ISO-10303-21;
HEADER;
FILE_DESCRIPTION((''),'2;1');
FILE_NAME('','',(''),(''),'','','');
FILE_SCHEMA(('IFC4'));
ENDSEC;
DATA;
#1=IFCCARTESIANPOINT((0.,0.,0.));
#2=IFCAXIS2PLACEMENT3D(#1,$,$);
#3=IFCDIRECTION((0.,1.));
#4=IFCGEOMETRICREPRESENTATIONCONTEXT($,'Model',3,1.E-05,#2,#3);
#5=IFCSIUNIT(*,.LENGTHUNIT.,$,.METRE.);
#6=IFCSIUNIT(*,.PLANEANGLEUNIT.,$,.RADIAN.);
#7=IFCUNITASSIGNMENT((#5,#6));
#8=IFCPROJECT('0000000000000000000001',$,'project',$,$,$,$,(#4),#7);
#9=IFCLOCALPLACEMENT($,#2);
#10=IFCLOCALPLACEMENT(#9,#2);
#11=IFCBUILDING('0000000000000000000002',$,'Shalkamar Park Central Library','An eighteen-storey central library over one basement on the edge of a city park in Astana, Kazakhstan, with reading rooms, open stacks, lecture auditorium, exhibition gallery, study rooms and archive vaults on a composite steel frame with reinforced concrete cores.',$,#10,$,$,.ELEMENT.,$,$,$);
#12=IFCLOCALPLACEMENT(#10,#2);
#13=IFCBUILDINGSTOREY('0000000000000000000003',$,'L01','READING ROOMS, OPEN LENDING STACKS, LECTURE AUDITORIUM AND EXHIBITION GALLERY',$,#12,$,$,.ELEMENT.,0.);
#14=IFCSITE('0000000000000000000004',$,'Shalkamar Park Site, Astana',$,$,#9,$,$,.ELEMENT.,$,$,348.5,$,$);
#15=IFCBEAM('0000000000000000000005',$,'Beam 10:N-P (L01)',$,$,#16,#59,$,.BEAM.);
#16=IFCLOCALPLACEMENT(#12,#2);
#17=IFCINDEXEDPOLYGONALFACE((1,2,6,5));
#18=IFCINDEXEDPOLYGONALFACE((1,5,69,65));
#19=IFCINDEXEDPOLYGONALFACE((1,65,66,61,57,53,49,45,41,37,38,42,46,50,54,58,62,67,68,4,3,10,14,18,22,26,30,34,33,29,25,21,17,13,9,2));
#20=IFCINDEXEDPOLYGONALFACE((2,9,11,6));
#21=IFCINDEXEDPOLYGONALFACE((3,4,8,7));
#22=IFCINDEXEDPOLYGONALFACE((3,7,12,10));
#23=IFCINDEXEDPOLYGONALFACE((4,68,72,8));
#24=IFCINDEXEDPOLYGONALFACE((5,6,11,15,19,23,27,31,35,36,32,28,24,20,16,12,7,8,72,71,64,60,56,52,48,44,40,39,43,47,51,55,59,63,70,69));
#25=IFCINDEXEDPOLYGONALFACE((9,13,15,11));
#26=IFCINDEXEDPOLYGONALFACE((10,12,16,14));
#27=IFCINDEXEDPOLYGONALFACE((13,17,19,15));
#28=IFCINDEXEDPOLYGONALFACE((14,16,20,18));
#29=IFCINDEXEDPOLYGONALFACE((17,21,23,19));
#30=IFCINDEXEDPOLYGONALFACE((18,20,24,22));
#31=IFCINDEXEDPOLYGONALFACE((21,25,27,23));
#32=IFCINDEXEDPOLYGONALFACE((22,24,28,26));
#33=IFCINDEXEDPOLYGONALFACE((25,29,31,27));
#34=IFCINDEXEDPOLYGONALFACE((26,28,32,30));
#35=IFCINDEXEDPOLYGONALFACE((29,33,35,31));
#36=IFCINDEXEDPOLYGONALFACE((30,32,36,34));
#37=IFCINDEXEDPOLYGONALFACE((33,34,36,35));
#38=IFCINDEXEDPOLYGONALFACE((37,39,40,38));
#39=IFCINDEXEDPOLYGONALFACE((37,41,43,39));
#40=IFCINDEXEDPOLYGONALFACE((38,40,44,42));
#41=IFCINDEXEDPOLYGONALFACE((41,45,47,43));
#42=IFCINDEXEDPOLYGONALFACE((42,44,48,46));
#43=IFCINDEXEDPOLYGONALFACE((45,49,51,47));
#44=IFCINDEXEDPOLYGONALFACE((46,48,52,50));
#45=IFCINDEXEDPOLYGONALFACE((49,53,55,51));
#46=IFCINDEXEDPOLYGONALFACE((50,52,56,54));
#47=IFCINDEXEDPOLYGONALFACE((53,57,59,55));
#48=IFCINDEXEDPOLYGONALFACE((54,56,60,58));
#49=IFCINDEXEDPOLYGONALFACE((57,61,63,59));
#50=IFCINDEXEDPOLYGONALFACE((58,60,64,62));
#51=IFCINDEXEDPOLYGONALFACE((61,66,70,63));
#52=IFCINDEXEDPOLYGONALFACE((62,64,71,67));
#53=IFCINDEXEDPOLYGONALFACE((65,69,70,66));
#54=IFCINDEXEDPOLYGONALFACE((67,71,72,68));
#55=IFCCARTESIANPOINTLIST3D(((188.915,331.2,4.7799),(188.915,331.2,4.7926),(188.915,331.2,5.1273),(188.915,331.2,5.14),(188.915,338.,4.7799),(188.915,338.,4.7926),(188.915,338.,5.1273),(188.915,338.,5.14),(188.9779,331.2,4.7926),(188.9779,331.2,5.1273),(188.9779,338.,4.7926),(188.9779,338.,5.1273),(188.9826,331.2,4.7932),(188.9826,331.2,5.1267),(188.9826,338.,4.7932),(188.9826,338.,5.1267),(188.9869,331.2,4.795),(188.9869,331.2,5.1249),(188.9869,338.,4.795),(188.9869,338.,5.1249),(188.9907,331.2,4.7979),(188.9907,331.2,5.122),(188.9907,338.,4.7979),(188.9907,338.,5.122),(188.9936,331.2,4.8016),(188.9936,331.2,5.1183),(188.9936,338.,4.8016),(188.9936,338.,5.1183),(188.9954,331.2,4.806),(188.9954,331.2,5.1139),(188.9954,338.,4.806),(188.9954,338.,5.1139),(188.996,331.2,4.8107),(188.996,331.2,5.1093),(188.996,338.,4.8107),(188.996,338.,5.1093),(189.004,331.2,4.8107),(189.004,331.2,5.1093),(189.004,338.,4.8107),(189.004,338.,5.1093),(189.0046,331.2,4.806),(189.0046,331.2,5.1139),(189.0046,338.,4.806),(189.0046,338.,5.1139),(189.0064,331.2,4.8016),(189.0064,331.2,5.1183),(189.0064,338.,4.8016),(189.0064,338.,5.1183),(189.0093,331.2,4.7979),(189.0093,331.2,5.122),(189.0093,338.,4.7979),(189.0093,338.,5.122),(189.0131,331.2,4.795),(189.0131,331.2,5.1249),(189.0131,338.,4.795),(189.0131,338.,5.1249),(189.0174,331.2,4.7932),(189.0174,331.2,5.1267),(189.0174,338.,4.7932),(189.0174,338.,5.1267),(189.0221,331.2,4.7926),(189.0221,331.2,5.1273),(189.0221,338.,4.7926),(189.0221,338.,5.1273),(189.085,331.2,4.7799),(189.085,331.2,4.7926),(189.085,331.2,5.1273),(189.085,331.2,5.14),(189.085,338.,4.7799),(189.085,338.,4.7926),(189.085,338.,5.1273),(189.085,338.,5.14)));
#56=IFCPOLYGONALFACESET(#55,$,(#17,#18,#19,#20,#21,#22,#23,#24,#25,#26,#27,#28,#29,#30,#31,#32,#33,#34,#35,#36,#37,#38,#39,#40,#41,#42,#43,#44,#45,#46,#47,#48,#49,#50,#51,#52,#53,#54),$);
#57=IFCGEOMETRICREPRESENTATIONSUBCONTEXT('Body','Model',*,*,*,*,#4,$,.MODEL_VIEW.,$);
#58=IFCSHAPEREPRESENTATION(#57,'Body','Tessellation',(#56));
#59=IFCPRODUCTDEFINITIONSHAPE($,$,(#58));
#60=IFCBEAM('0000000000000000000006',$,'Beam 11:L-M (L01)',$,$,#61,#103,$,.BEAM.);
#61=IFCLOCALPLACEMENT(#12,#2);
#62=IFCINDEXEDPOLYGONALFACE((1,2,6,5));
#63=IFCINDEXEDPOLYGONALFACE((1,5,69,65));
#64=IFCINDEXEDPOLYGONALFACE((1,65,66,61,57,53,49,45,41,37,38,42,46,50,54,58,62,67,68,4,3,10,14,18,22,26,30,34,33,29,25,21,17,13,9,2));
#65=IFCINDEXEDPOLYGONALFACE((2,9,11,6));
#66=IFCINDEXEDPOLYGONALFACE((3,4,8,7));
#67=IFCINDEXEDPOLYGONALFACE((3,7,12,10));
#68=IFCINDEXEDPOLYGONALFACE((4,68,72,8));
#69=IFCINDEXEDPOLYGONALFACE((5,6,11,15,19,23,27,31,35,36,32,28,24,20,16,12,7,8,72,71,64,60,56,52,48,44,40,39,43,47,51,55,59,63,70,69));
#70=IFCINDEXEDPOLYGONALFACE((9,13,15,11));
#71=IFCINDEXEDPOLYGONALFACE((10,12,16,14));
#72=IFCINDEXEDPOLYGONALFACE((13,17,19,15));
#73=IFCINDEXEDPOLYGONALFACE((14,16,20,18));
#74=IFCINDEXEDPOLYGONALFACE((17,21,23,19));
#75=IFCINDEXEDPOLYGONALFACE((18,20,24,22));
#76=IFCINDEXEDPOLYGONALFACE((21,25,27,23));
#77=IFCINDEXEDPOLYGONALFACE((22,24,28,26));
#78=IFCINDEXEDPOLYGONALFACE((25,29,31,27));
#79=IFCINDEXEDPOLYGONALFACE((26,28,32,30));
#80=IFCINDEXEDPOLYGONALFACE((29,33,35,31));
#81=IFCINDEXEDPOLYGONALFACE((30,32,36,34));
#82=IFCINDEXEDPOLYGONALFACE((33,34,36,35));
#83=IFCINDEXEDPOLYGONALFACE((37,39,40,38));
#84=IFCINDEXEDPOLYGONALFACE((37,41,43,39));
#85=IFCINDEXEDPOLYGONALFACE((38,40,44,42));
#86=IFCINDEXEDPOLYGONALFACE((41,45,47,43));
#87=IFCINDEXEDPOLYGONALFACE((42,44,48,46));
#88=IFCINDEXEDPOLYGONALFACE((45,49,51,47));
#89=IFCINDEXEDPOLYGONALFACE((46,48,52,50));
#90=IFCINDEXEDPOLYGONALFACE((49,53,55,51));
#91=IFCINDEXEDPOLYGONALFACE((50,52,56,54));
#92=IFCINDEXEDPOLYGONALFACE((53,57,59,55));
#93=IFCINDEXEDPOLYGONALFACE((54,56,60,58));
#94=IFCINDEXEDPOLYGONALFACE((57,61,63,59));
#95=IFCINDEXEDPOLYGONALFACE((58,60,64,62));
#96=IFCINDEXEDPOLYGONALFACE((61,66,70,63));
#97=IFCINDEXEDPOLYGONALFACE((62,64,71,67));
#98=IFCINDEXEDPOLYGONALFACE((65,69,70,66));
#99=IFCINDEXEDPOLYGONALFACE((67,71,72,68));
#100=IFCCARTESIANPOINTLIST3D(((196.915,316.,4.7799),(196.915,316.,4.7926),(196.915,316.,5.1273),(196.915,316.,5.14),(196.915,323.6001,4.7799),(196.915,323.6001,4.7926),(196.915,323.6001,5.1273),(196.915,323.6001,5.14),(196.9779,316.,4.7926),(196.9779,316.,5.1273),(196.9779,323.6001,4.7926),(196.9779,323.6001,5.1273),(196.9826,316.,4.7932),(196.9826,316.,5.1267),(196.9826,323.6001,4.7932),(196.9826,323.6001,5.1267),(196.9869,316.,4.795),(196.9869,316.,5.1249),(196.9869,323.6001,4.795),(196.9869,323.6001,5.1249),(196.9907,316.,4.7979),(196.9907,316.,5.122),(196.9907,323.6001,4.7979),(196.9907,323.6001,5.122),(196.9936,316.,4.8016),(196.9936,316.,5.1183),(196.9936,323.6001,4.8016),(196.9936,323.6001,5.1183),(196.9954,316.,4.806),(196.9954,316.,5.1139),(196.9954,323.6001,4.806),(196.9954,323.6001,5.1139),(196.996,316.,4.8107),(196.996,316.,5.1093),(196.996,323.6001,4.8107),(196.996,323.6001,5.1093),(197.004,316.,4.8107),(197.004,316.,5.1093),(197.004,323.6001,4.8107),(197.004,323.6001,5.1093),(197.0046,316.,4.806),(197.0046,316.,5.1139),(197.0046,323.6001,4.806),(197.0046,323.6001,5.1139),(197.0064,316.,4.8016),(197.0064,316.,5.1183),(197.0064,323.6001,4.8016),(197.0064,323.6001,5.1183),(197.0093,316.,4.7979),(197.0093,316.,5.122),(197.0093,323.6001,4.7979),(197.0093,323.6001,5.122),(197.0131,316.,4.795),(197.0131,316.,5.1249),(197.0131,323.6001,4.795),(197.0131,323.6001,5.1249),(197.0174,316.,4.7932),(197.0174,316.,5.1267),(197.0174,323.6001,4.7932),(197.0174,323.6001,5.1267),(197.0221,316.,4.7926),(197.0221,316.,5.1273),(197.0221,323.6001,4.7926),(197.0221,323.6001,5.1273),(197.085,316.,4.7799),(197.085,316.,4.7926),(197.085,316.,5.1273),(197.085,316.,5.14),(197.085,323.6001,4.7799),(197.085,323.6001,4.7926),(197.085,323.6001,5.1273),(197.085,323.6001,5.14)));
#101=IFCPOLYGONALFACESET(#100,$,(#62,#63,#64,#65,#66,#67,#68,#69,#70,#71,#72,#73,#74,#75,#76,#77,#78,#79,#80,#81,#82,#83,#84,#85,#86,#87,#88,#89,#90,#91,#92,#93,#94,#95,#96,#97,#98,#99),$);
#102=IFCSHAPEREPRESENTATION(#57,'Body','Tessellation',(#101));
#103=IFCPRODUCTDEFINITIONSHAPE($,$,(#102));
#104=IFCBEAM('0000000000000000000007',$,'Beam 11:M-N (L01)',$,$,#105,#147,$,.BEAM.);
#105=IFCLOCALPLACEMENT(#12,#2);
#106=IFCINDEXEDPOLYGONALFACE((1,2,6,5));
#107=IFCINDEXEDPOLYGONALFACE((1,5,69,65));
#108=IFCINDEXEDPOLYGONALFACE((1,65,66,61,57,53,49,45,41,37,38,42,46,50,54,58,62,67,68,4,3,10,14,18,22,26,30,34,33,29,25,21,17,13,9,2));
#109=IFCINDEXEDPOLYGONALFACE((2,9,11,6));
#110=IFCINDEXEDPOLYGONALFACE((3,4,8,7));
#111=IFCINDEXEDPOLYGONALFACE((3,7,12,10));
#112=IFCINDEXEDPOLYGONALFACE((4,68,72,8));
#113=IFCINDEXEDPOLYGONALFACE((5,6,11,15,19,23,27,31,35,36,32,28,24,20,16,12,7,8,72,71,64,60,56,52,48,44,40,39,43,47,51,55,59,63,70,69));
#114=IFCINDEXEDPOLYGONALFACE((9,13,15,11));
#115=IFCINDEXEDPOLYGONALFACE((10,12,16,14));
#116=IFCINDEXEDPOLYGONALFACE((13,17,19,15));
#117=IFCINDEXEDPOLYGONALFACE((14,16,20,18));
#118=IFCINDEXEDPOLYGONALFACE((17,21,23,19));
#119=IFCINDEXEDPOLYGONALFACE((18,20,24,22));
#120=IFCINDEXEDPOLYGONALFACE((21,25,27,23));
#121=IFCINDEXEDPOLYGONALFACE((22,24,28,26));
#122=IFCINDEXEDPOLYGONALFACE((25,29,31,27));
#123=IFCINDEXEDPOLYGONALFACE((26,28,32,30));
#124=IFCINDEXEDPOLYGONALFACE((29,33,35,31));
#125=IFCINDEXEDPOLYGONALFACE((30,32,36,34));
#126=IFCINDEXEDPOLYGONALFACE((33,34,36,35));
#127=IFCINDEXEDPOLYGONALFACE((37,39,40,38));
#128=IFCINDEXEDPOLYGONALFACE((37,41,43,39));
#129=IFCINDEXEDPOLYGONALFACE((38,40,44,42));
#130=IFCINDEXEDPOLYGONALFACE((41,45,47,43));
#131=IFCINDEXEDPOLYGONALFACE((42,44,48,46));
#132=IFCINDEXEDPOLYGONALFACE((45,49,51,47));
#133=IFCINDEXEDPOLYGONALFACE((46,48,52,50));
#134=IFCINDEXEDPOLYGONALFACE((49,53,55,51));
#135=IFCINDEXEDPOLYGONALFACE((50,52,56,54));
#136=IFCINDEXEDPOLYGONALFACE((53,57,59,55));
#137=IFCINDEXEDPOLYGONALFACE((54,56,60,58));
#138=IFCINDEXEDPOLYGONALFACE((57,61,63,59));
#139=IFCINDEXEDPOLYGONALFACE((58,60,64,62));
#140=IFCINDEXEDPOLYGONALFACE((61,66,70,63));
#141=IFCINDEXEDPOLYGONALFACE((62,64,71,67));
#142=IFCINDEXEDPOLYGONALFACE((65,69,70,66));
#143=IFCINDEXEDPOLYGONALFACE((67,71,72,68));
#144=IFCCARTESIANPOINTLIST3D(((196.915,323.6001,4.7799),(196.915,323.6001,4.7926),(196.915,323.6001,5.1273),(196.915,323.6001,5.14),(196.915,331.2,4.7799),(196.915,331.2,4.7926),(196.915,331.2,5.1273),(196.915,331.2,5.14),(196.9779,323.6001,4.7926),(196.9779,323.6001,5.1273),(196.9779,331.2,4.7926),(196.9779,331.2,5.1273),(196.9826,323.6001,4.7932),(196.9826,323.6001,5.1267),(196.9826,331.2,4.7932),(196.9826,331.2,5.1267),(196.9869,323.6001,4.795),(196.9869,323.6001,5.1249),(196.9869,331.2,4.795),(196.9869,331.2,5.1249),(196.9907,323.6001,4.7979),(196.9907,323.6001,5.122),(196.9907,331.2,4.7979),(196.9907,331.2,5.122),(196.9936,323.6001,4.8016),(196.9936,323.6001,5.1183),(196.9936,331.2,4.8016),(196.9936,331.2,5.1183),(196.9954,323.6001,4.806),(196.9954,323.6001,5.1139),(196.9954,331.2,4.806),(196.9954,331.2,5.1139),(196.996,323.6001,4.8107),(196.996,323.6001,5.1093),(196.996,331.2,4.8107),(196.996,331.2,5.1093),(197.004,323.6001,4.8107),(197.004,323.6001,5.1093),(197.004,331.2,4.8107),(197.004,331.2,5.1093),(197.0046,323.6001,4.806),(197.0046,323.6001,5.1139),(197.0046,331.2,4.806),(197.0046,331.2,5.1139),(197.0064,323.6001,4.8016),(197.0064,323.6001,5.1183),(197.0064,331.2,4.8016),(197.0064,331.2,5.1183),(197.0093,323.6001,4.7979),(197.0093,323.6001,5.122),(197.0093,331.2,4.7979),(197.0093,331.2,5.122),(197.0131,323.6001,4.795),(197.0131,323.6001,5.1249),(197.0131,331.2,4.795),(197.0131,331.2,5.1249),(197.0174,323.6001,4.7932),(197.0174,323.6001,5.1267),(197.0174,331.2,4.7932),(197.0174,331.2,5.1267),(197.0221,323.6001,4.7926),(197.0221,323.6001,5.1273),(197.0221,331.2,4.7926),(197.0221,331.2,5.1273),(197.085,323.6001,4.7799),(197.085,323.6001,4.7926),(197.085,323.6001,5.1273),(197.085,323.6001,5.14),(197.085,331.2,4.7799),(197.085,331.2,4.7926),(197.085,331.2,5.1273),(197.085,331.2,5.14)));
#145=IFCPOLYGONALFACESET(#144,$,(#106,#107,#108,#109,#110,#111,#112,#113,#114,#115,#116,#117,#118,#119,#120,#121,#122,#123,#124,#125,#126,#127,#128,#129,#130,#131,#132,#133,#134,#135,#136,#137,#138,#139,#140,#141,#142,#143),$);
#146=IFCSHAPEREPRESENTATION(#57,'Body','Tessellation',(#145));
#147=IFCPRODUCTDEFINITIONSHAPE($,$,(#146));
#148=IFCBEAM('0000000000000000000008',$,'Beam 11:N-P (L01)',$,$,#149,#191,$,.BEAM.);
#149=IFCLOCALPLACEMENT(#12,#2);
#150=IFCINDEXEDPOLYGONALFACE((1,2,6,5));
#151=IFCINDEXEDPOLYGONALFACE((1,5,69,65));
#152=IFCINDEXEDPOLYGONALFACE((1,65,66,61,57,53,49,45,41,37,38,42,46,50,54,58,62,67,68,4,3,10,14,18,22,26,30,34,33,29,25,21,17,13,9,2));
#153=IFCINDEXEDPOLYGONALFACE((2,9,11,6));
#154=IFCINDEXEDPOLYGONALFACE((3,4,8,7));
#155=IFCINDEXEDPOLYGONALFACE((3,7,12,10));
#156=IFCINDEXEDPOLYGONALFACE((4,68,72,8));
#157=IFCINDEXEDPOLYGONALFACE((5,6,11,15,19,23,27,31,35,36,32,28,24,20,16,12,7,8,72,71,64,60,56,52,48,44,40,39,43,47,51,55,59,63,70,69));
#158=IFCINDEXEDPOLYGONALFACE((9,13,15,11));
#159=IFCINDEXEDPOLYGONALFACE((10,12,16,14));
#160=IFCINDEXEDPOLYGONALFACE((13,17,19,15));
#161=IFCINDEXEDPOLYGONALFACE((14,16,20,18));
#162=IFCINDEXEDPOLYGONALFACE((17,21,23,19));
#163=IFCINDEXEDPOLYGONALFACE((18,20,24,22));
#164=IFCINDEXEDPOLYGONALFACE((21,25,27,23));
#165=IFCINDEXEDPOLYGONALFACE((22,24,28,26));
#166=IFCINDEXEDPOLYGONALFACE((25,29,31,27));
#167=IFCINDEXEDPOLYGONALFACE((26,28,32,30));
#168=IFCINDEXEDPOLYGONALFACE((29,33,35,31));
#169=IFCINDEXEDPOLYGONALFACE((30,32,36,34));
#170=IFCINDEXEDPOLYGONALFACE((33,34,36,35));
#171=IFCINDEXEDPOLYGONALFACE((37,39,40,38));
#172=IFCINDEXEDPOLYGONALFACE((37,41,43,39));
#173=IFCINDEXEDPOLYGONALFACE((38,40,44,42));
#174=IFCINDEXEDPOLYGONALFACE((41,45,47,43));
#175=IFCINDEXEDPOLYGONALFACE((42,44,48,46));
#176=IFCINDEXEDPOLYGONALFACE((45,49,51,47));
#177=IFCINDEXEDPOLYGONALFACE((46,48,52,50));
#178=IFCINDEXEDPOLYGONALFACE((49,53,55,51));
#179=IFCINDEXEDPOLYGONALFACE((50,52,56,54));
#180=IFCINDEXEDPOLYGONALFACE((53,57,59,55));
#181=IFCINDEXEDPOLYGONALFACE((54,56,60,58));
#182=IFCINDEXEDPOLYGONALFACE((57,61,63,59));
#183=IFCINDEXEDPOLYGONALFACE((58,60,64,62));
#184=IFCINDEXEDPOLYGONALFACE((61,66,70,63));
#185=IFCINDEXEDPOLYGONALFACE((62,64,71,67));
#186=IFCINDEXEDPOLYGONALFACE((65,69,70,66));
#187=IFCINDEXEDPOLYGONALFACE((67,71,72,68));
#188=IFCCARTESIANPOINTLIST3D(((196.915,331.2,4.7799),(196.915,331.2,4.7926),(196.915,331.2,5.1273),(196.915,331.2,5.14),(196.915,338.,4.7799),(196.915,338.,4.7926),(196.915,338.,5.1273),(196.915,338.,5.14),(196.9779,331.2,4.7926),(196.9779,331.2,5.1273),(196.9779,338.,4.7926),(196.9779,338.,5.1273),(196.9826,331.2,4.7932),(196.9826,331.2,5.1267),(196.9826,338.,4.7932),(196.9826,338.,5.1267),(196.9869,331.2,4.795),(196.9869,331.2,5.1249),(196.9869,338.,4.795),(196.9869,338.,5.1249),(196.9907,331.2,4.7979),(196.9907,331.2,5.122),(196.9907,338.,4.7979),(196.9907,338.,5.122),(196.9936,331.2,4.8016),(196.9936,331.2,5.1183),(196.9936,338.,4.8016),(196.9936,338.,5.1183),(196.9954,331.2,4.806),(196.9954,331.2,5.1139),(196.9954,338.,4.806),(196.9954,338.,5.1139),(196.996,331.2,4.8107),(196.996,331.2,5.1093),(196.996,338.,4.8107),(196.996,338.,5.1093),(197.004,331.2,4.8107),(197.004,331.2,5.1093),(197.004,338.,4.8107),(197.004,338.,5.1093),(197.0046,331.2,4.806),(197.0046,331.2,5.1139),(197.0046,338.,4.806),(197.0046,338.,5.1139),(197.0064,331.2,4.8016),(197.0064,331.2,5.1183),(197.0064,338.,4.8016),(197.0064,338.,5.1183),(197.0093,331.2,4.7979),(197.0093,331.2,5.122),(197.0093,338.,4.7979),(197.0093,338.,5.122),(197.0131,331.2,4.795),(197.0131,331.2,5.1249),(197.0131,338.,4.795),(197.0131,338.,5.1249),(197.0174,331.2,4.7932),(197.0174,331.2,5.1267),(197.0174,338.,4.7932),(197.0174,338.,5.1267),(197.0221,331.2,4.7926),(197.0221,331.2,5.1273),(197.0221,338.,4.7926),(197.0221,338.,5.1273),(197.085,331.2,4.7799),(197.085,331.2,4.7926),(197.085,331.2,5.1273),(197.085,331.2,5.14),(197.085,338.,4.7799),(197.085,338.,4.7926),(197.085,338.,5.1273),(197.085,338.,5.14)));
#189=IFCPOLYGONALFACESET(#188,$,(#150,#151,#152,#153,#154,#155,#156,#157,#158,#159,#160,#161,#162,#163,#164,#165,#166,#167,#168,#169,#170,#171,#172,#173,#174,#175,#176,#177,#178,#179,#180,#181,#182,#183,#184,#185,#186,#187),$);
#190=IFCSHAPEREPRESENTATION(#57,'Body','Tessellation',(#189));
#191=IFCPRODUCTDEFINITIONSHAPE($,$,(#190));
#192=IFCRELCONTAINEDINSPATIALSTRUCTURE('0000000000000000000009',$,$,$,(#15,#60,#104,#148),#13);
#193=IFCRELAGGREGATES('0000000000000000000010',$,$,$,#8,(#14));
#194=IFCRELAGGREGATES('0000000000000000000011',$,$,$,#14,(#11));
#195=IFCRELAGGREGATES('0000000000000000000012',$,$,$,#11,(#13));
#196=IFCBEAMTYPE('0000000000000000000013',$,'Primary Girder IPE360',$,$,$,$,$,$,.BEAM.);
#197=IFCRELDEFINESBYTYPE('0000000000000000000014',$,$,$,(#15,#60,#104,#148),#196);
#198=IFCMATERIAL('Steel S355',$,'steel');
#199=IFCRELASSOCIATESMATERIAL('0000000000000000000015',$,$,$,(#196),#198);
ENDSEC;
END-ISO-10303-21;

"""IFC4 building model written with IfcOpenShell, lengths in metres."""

from ifc_helpers import new_model, si_unit, direction, frame, origin, origin_2d, place, context, subcontext, project, spatial, i_section, extrude, material, material_profile, profile_set, type_object, element, save


model = new_model("IFC4")

# Units and contexts
model_context = context("Model", 3, precision=1e-05, world=origin(), true_north=direction((0.0, 1.0)))
body_context = subcontext(model_context, "Body", "Model", "MODEL_VIEW")
ifc_project = project(units=[si_unit("LENGTHUNIT", "METRE"), si_unit("PLANEANGLEUNIT", "RADIAN")], contexts=[model_context])

# Site, building, storey
site_placement = place(None, origin())
site = spatial("IfcSite", under=ifc_project, at=site_placement, Name="Shalkamar Park Site, Astana", CompositionType="ELEMENT", RefElevation=348.5)
building_placement = place(site_placement, origin())
building = spatial("IfcBuilding", under=site, at=building_placement, Name="Shalkamar Park Central Library", Description="An eighteen-storey central library over one basement on the edge of a city park in Astana, Kazakhstan, with reading rooms, open stacks, lecture auditorium, exhibition gallery, study rooms and archive vaults on a composite steel frame with reinforced concrete cores.", CompositionType="ELEMENT")
storey_placement = place(building_placement, origin())
storey = spatial("IfcBuildingStorey", under=building, at=storey_placement, Name="L01", Description="READING ROOMS, OPEN LENDING STACKS, LECTURE AUDITORIUM AND EXHIBITION GALLERY", CompositionType="ELEMENT", Elevation=0.0)

# Shared definitions
ifc_material_1 = material(Name="Steel S355", Category="steel")

# Beams
ifc_material_profile_1 = material_profile(ifc_material_1, i_section(OverallWidth=0.1699, OverallDepth=0.3601, WebThickness=0.0081, FlangeThickness=0.0127, FilletRadius=0.0181, at=origin_2d()), Name="IPE 360")
ifc_profile_set_1 = profile_set([ifc_material_profile_1], Name="Steel S355")
beam_type_1 = type_object("IfcBeamType", Name="Primary Girder IPE360", PredefinedType="BEAM", material=ifc_profile_set_1)
beam_1_placement = place(storey_placement, frame((189.0, 331.2, 4.96), z_axis=(0.0, 1.0, 0.0), x_axis=(-1.0, 0.0, 0.0)))
element("IfcBeam", 1, at=beam_1_placement, inside=storey, type_object=beam_type_1, Name="Beam 10:N-P (L01)", PredefinedType="BEAM", context=body_context, shape_type="SweptSolid", body=[
    extrude(i_section(OverallWidth=0.1699, OverallDepth=0.3601, WebThickness=0.0081, FlangeThickness=0.0127, FilletRadius=0.0181, at=origin_2d()), origin(), (0.0, 0.0, 1.0), 6.8),
])
beam_2_placement = place(storey_placement, frame((197.0, 316.0, 4.96), z_axis=(0.0, 1.0, 0.0), x_axis=(-1.0, 0.0, 0.0)))
element("IfcBeam", 2, at=beam_2_placement, inside=storey, type_object=beam_type_1, Name="Beam 11:L-M (L01)", PredefinedType="BEAM", context=body_context, shape_type="SweptSolid", body=[
    extrude(i_section(OverallWidth=0.1699, OverallDepth=0.3601, WebThickness=0.0081, FlangeThickness=0.0127, FilletRadius=0.0181, at=origin_2d()), origin(), (0.0, 0.0, 1.0), 7.6001),
])
beam_3_placement = place(storey_placement, frame((197.0, 323.6001, 4.96), z_axis=(0.0, 1.0, 0.0), x_axis=(-1.0, 0.0, 0.0)))
element("IfcBeam", 3, at=beam_3_placement, inside=storey, type_object=beam_type_1, Name="Beam 11:M-N (L01)", PredefinedType="BEAM", context=body_context, shape_type="SweptSolid", body=[
    extrude(i_section(OverallWidth=0.1699, OverallDepth=0.3601, WebThickness=0.0081, FlangeThickness=0.0127, FilletRadius=0.0181, at=origin_2d()), origin(), (0.0, 0.0, 1.0), 7.5999),
])
beam_4_placement = place(storey_placement, frame((197.0, 331.2, 4.96), z_axis=(0.0, 1.0, 0.0), x_axis=(-1.0, 0.0, 0.0)))
element("IfcBeam", 4, at=beam_4_placement, inside=storey, type_object=beam_type_1, Name="Beam 11:N-P (L01)", PredefinedType="BEAM", context=body_context, shape_type="SweptSolid", body=[
    extrude(i_section(OverallWidth=0.1699, OverallDepth=0.3601, WebThickness=0.0081, FlangeThickness=0.0127, FilletRadius=0.0181, at=origin_2d()), origin(), (0.0, 0.0, 1.0), 6.8),
])

save(model, "model.ifc")
